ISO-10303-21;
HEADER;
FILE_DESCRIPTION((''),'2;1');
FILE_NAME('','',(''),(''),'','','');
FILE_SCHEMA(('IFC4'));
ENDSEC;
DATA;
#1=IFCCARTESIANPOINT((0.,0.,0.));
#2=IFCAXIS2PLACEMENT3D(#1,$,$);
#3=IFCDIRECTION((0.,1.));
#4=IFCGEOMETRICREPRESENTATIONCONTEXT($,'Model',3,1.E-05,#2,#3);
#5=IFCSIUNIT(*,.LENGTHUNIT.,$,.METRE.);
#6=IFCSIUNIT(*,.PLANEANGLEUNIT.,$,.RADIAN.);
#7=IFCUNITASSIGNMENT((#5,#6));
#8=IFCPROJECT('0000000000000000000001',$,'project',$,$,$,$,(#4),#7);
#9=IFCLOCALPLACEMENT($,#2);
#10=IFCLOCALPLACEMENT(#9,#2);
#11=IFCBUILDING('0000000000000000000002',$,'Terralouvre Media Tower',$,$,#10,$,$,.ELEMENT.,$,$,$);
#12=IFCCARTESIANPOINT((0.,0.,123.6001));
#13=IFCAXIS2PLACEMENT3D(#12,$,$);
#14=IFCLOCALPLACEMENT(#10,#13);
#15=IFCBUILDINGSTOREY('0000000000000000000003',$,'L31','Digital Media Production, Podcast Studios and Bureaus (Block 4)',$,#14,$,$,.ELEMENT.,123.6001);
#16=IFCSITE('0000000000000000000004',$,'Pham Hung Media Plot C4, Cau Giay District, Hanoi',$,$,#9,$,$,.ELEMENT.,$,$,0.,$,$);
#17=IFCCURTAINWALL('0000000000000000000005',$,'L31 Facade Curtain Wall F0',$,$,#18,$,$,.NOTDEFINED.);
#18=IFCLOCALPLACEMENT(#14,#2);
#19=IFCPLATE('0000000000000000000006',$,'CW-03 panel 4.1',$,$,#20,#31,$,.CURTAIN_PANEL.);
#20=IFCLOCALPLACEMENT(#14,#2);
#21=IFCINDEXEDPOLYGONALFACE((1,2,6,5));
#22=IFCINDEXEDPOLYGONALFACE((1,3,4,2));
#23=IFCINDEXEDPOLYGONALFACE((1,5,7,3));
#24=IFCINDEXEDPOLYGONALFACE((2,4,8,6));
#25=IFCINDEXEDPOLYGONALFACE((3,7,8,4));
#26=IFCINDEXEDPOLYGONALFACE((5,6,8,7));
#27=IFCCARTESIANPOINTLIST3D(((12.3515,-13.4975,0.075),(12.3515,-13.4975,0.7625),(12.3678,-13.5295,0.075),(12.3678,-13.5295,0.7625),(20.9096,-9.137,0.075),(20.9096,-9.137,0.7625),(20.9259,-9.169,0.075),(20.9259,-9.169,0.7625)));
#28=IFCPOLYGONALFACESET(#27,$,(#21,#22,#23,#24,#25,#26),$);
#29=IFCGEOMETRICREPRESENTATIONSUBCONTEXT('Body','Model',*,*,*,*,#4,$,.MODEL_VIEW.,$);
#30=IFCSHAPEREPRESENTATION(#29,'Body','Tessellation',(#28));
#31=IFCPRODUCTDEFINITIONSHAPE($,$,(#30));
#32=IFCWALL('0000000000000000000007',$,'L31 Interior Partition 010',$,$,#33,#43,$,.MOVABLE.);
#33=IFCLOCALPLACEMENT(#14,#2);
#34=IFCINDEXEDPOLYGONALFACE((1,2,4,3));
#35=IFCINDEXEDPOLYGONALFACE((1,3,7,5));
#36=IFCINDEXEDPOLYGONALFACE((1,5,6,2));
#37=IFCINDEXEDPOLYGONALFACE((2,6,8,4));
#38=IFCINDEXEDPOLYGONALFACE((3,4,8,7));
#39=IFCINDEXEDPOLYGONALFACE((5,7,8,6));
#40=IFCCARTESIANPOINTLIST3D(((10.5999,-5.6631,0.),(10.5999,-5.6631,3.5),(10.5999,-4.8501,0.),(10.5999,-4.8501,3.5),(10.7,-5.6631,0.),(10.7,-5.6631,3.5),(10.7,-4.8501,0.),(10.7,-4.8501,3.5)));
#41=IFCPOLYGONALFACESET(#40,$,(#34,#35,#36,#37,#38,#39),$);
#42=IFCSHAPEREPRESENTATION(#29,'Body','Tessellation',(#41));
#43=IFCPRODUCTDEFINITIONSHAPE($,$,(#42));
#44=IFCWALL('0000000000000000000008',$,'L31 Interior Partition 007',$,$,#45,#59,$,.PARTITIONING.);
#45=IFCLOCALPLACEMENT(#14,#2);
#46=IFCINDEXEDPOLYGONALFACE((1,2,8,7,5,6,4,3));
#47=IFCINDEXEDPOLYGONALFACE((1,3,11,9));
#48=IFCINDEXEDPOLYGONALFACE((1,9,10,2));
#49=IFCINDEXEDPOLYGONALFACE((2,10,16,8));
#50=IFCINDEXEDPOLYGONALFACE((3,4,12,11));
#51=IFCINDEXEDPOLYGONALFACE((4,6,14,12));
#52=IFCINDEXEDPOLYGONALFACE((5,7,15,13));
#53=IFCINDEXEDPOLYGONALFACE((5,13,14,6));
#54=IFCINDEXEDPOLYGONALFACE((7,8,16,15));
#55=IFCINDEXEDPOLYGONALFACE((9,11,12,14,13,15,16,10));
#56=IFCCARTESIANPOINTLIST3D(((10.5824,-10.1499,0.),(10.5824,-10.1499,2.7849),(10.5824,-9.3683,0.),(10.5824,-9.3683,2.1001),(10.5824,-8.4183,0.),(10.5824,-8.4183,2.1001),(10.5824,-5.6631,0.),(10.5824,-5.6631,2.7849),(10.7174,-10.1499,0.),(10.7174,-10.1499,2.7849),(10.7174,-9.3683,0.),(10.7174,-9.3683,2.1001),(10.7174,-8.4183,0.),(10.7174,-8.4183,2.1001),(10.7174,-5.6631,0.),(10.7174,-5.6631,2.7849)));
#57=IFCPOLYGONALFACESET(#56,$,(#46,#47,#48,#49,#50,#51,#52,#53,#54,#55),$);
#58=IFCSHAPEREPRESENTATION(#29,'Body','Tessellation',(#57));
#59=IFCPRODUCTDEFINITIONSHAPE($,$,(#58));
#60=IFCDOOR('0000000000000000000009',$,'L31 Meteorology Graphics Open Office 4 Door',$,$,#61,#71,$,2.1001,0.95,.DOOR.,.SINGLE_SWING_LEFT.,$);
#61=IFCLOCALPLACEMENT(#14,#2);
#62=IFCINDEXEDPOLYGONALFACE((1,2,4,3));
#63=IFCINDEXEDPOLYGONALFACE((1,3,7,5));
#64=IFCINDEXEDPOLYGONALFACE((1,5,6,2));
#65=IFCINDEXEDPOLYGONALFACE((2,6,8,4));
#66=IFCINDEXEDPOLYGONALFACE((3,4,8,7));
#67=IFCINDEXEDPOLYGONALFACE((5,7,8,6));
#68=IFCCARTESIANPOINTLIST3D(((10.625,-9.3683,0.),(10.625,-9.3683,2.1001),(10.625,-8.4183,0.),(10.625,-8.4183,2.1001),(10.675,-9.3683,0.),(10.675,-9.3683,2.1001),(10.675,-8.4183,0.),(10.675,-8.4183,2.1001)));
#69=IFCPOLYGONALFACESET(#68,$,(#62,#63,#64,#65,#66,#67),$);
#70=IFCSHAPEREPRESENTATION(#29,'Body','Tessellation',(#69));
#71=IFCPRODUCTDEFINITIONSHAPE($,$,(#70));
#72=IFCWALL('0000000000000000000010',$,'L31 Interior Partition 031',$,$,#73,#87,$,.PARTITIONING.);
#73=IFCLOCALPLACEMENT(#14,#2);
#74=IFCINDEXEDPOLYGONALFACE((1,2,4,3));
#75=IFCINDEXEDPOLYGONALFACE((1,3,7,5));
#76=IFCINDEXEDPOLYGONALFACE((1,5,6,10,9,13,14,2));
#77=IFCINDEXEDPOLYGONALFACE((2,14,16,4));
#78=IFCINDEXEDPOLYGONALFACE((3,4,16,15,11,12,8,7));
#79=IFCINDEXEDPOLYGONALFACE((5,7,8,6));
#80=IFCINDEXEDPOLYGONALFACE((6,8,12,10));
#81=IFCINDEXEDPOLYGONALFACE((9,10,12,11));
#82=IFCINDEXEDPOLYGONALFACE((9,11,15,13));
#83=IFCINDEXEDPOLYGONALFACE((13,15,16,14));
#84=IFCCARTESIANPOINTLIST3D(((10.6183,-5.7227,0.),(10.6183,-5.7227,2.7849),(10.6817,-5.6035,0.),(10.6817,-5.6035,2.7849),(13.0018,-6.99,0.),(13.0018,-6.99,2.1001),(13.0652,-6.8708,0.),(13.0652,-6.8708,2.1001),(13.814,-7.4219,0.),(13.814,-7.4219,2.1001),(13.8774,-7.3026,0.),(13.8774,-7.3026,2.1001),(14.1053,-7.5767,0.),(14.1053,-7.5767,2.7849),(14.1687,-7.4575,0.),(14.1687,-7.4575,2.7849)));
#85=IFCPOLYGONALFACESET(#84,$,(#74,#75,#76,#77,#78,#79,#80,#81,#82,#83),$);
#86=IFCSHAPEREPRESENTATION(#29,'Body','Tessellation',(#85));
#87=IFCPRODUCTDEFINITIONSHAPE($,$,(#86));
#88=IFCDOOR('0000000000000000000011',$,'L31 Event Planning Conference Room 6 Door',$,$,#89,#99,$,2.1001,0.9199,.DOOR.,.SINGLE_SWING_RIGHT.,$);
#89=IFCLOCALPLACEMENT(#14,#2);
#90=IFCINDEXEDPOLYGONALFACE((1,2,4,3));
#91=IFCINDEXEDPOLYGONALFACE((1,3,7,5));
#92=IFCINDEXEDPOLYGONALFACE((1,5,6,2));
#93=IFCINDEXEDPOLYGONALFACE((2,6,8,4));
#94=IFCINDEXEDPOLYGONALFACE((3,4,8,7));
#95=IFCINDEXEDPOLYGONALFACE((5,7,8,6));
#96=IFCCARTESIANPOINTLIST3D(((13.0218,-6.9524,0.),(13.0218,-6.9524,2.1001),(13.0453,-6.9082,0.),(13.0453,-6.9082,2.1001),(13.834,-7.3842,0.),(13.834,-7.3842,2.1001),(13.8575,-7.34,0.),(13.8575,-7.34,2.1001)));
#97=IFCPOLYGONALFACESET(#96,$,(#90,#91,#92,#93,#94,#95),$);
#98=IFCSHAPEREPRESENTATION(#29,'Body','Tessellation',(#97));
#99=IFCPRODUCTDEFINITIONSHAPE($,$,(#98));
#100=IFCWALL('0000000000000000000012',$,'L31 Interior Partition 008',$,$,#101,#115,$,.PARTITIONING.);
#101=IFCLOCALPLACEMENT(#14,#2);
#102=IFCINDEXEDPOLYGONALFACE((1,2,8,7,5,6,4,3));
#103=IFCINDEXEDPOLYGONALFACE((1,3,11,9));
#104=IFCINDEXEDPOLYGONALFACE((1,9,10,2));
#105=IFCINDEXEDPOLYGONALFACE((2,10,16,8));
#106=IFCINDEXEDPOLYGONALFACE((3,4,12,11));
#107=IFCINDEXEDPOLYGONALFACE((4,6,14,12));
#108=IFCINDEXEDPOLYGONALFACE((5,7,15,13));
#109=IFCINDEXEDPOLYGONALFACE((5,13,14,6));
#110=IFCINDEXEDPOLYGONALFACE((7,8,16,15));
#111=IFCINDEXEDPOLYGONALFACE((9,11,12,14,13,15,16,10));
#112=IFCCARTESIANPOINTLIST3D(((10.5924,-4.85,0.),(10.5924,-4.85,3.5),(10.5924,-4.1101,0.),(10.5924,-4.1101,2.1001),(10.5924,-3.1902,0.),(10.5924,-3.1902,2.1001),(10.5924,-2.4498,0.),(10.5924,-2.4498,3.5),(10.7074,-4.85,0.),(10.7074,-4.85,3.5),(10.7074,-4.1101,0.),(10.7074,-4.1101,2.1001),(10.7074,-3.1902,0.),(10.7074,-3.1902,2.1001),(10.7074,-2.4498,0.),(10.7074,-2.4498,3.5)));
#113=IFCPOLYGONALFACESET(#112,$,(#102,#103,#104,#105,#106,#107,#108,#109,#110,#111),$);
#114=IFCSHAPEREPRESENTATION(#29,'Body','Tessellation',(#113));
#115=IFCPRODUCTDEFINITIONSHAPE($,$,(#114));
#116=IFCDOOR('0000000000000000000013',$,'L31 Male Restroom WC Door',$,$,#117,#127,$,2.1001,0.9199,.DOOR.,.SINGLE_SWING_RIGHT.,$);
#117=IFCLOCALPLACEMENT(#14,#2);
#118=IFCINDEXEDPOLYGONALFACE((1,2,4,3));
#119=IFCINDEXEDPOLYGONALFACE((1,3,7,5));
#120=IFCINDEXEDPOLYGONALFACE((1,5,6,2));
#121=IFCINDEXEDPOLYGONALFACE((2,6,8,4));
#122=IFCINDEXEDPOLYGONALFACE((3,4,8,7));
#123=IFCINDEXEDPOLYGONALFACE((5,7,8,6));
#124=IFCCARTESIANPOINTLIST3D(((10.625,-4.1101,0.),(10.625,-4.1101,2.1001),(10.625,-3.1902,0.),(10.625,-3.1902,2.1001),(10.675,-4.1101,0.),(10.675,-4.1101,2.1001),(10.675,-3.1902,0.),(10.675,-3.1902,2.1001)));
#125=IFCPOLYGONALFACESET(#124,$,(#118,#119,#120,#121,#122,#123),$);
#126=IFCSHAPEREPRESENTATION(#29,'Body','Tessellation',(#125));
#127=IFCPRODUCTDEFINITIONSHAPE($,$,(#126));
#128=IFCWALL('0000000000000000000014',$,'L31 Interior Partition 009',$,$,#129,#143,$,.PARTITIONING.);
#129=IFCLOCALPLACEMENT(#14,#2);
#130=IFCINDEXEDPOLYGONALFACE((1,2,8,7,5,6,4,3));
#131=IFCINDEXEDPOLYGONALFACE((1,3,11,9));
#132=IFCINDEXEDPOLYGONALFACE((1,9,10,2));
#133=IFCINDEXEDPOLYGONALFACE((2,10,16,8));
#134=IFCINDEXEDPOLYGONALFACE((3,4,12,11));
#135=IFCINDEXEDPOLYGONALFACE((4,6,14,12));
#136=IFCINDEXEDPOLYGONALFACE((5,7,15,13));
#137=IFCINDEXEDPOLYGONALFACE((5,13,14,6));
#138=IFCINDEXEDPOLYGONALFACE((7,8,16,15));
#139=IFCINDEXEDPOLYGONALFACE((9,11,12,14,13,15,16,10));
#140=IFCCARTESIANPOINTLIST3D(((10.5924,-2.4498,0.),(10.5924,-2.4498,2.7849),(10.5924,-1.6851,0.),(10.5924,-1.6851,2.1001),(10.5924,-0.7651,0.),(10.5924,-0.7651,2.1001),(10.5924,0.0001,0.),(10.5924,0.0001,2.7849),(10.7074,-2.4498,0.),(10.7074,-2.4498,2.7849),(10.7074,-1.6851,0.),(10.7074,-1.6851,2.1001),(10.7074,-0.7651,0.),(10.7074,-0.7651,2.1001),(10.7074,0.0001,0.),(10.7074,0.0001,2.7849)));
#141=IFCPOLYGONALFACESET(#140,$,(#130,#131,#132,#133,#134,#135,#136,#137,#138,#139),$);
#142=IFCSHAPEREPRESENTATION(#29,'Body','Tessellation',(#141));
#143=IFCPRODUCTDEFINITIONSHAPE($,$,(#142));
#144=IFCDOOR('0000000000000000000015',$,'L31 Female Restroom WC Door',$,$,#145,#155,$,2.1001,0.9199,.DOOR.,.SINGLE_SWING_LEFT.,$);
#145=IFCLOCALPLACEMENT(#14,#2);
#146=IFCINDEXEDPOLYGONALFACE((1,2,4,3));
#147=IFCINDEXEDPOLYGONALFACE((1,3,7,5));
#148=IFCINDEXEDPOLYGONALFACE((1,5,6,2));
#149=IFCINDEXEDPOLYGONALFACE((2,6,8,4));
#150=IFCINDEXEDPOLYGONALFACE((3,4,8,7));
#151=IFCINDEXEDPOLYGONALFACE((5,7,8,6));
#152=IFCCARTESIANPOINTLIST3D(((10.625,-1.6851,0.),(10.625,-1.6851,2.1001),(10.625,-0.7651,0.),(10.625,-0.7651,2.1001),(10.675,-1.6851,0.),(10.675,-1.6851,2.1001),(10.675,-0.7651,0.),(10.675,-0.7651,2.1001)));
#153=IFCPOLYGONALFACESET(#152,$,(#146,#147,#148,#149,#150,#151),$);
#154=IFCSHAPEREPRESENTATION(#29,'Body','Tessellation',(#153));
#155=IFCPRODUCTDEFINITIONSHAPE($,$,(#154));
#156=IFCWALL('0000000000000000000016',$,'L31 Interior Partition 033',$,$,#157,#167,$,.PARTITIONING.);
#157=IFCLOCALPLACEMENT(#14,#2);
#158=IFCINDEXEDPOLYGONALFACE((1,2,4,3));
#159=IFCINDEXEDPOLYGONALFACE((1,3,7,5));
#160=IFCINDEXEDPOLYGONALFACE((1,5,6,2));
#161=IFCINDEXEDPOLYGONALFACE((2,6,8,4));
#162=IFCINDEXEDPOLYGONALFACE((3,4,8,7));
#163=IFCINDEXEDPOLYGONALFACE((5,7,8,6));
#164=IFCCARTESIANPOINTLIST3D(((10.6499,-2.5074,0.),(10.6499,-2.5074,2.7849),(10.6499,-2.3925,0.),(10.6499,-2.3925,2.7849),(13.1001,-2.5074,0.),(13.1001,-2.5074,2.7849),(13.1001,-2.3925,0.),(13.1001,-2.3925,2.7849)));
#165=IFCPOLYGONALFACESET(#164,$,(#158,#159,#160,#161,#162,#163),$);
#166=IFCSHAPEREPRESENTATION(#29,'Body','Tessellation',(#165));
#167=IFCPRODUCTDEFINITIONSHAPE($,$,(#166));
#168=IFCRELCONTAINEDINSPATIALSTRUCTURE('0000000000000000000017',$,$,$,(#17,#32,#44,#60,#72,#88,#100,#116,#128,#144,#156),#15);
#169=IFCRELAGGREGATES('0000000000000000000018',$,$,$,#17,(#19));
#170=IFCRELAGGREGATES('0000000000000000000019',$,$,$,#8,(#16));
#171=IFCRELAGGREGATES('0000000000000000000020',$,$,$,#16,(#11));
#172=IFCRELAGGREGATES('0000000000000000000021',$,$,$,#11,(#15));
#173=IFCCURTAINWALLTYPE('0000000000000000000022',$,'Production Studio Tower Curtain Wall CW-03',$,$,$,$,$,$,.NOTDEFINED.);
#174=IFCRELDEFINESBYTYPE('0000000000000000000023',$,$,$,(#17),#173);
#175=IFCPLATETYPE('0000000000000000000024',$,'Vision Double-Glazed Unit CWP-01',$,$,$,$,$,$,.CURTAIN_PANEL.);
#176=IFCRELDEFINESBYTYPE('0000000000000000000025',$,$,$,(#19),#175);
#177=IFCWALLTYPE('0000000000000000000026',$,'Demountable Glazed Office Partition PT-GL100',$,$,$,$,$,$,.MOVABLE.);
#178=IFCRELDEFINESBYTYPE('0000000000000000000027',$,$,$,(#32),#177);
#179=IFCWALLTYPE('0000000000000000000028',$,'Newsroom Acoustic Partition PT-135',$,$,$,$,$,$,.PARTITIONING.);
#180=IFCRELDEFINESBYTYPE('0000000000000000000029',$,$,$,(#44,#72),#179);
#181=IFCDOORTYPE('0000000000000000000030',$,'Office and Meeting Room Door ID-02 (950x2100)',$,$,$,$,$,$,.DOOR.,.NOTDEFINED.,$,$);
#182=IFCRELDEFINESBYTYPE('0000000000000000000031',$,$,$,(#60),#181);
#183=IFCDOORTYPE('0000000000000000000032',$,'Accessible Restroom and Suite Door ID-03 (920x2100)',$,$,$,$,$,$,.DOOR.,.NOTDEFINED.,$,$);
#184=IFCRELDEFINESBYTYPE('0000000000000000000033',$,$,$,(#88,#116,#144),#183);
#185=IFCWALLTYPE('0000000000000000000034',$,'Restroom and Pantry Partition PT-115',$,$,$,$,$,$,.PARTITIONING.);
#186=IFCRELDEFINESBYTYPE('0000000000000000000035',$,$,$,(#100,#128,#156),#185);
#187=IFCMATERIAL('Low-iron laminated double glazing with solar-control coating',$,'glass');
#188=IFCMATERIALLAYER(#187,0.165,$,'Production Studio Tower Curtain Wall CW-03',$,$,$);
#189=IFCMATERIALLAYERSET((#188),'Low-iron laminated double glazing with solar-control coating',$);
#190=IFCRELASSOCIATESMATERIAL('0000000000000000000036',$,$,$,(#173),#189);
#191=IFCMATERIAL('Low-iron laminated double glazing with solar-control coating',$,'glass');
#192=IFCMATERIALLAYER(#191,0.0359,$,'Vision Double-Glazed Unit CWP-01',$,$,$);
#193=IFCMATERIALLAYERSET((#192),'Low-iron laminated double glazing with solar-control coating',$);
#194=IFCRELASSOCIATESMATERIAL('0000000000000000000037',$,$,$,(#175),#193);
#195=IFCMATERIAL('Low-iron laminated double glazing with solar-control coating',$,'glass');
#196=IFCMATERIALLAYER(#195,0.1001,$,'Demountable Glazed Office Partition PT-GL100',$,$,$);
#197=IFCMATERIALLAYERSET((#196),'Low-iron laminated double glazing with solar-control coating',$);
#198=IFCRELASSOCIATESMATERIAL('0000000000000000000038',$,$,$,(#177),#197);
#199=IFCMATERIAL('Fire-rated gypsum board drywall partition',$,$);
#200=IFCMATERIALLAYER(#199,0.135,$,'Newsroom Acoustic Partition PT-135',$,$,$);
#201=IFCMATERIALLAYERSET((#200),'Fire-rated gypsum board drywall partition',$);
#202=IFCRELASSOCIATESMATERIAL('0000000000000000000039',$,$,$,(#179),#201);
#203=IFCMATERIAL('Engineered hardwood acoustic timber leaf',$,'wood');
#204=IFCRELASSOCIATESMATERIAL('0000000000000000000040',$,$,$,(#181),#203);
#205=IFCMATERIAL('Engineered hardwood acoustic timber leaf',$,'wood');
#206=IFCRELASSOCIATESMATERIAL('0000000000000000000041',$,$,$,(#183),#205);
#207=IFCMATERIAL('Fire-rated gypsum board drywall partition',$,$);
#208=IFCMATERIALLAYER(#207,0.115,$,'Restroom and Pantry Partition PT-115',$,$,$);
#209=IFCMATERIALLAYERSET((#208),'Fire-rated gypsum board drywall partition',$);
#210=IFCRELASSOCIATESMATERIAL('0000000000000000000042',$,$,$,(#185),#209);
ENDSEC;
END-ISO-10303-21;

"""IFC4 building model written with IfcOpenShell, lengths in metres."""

from ifc_helpers import new_model, si_unit, direction, frame, frame_2d, origin, origin_2d, place, context, subcontext, project, spatial, rectangle, extrude, material, layer, layer_set, type_object, element, fill, aggregate, save


model = new_model("IFC4")

# Units and contexts
model_context = context("Model", 3, precision=1e-05, world=origin(), true_north=direction((0.0, 1.0)))
body_context = subcontext(model_context, "Body", "Model", "MODEL_VIEW")
ifc_project = project(units=[si_unit("LENGTHUNIT", "METRE"), si_unit("PLANEANGLEUNIT", "RADIAN")], contexts=[model_context])

# Site, building, storey
site_placement = place(None, origin())
site = spatial("IfcSite", under=ifc_project, at=site_placement, Name="Pham Hung Media Plot C4, Cau Giay District, Hanoi", CompositionType="ELEMENT", RefElevation=0.0)
building_placement = place(site_placement, origin())
building = spatial("IfcBuilding", under=site, at=building_placement, Name="Terralouvre Media Tower", CompositionType="ELEMENT")
storey_placement = place(building_placement, frame((0.0, 0.0, 123.6001)))
storey = spatial("IfcBuildingStorey", under=building, at=storey_placement, Name="L31", Description="Digital Media Production, Podcast Studios and Bureaus (Block 4)", CompositionType="ELEMENT", Elevation=123.6001)

# Curtain wall
ifc_material_1 = material(Name="Low-iron laminated double glazing with solar-control coating", Category="glass")
ifc_layer_1 = layer(ifc_material_1, 0.165, Name="Production Studio Tower Curtain Wall CW-03")
ifc_layer_set_1 = layer_set([ifc_layer_1], Name="Low-iron laminated double glazing with solar-control coating")
curtain_wall_type = type_object("IfcCurtainWallType", Name="Production Studio Tower Curtain Wall CW-03", PredefinedType="NOTDEFINED", material=ifc_layer_set_1)
curtain_wall_placement = place(storey_placement, origin())
curtain_wall = element("IfcCurtainWall", 1, at=curtain_wall_placement, inside=storey, type_object=curtain_wall_type, Name="L31 Facade Curtain Wall F0", PredefinedType="NOTDEFINED")

# Plate
ifc_material_2 = material(Name="Low-iron laminated double glazing with solar-control coating", Category="glass")
ifc_layer_2 = layer(ifc_material_2, 0.0359, Name="Vision Double-Glazed Unit CWP-01")
ifc_layer_set_2 = layer_set([ifc_layer_2], Name="Low-iron laminated double glazing with solar-control coating")
plate_type = type_object("IfcPlateType", Name="Vision Double-Glazed Unit CWP-01", PredefinedType="CURTAIN_PANEL", material=ifc_layer_set_2)
plate_placement = place(storey_placement, frame((16.6387, -11.3333, 0.075), z_axis=(0.0, 0.0, 1.0), x_axis=(0.891007, 0.453991, 0.0)))
plate = element("IfcPlate", 2, at=plate_placement, type_object=plate_type, Name="CW-03 panel 4.1", PredefinedType="CURTAIN_PANEL", context=body_context, shape_type="SweptSolid", body=[
    extrude(rectangle(XDim=9.605, YDim=0.0359, at=origin_2d()), origin(), (0.0, 0.0, 1.0), 0.6875),
])
aggregate(curtain_wall, [plate])

# Wall
ifc_material_3 = material(Name="Low-iron laminated double glazing with solar-control coating", Category="glass")
ifc_layer_3 = layer(ifc_material_3, 0.1001, Name="Demountable Glazed Office Partition PT-GL100")
ifc_layer_set_3 = layer_set([ifc_layer_3], Name="Low-iron laminated double glazing with solar-control coating")
wall_type_1 = type_object("IfcWallType", Name="Demountable Glazed Office Partition PT-GL100", PredefinedType="MOVABLE", material=ifc_layer_set_3)
wall_1_placement = place(storey_placement, frame((10.6499, -5.6631, 0.0), z_axis=(0.0, 0.0, 1.0), x_axis=(0.0, 1.0, 0.0)))
element("IfcWall", 3, at=wall_1_placement, inside=storey, type_object=wall_type_1, Name="L31 Interior Partition 010", PredefinedType="MOVABLE", context=body_context, shape_type="SweptSolid", body=[
    extrude(rectangle(XDim=0.813, YDim=0.1001, at=frame_2d((0.4065, 0.0))), origin(), (0.0, 0.0, 1.0), 3.5),
])

# Walls, openings, doors
ifc_material_4 = material(Name="Fire-rated gypsum board drywall partition")
ifc_layer_4 = layer(ifc_material_4, 0.135, Name="Newsroom Acoustic Partition PT-135")
ifc_layer_set_4 = layer_set([ifc_layer_4], Name="Fire-rated gypsum board drywall partition")
wall_type_2 = type_object("IfcWallType", Name="Newsroom Acoustic Partition PT-135", PredefinedType="PARTITIONING", material=ifc_layer_set_4)
wall_2_placement = place(storey_placement, frame((10.6499, -10.1499, 0.0), z_axis=(0.0, 0.0, 1.0), x_axis=(0.0, 1.0, 0.0)))
wall_2 = element("IfcWall", 4, at=wall_2_placement, inside=storey, type_object=wall_type_2, Name="L31 Interior Partition 007", PredefinedType="PARTITIONING", context=body_context, shape_type="SweptSolid", body=[
    extrude(rectangle(XDim=4.4868, YDim=0.135, at=frame_2d((2.2434, 0.0))), origin(), (0.0, 0.0, 1.0), 2.7849),
])
opening_1_placement = place(wall_2_placement, frame((0.7815, 0.0, 0.0)))
opening_1 = element("IfcOpeningElement", 5, at=opening_1_placement, cuts=wall_2, PredefinedType="OPENING", context=body_context, shape_type="SweptSolid", body=[
    extrude(rectangle(XDim=0.95, YDim=2.1001, at=frame_2d((0.4751, 1.05))), frame((0.0, 0.0774, 0.0), z_axis=(0.0, -1.0, 0.0), x_axis=(1.0, 0.0, 0.0)), (0.0, 0.0, 1.0), 0.155),
])
ifc_material_5 = material(Name="Engineered hardwood acoustic timber leaf", Category="wood")
door_type_1 = type_object("IfcDoorType", Name="Office and Meeting Room Door ID-02 (950x2100)", OperationType="NOTDEFINED", PredefinedType="DOOR", material=ifc_material_5)
door_1_placement = place(opening_1_placement, origin())
door_1 = element("IfcDoor", 6, at=door_1_placement, inside=storey, type_object=door_type_1, Name="L31 Meteorology Graphics Open Office 4 Door", OperationType="SINGLE_SWING_LEFT", OverallHeight=2.1001, OverallWidth=0.95, PredefinedType="DOOR", context=body_context, shape_type="SweptSolid", body=[
    extrude(rectangle(XDim=0.95, YDim=2.1001, at=frame_2d((0.4751, 1.05))), frame((0.0, 0.0249, 0.0), z_axis=(0.0, -1.0, 0.0), x_axis=(1.0, 0.0, 0.0)), (0.0, 0.0, 1.0), 0.05),
])
fill(opening_1, door_1)
wall_3_placement = place(storey_placement, frame((14.137, -7.5171, 0.0), z_axis=(0.0, 0.0, 1.0), x_axis=(-0.882958, 0.469452, 0.0)))
wall_3 = element("IfcWall", 7, at=wall_3_placement, inside=storey, type_object=wall_type_2, Name="L31 Interior Partition 031", PredefinedType="PARTITIONING", context=body_context, shape_type="SweptSolid", body=[
    extrude(rectangle(XDim=3.9492, YDim=0.135, at=frame_2d((1.9746, 0.0))), origin(), (0.0, 0.0, 1.0), 2.7849),
])
opening_2_placement = place(wall_3_placement, frame((0.3298, 0.0, 0.0)))
opening_2 = element("IfcOpeningElement", 8, at=opening_2_placement, cuts=wall_3, PredefinedType="OPENING", context=body_context, shape_type="SweptSolid", body=[
    extrude(rectangle(XDim=0.9199, YDim=2.1001, at=frame_2d((0.46, 1.05))), frame((0.0, 0.0774, 0.0), z_axis=(0.0, -1.0, 0.0), x_axis=(1.0, 0.0, 0.0)), (0.0, 0.0, 1.0), 0.155),
])
ifc_material_6 = material(Name="Engineered hardwood acoustic timber leaf", Category="wood")
door_type_2 = type_object("IfcDoorType", Name="Accessible Restroom and Suite Door ID-03 (920x2100)", OperationType="NOTDEFINED", PredefinedType="DOOR", material=ifc_material_6)
door_2_placement = place(opening_2_placement, origin())
door_2 = element("IfcDoor", 9, at=door_2_placement, inside=storey, type_object=door_type_2, Name="L31 Event Planning Conference Room 6 Door", OperationType="SINGLE_SWING_RIGHT", OverallHeight=2.1001, OverallWidth=0.9199, PredefinedType="DOOR", context=body_context, shape_type="SweptSolid", body=[
    extrude(rectangle(XDim=0.9199, YDim=2.1001, at=frame_2d((0.46, 1.05))), frame((0.0, 0.0249, 0.0), z_axis=(0.0, -1.0, 0.0), x_axis=(1.0, 0.0, 0.0)), (0.0, 0.0, 1.0), 0.05),
])
fill(opening_2, door_2)
ifc_material_7 = material(Name="Fire-rated gypsum board drywall partition")
ifc_layer_5 = layer(ifc_material_7, 0.115, Name="Restroom and Pantry Partition PT-115")
ifc_layer_set_5 = layer_set([ifc_layer_5], Name="Fire-rated gypsum board drywall partition")
wall_type_3 = type_object("IfcWallType", Name="Restroom and Pantry Partition PT-115", PredefinedType="PARTITIONING", material=ifc_layer_set_5)
wall_4_placement = place(storey_placement, frame((10.6499, -4.8501, 0.0), z_axis=(0.0, 0.0, 1.0), x_axis=(0.0, 1.0, 0.0)))
wall_4 = element("IfcWall", 10, at=wall_4_placement, inside=storey, type_object=wall_type_3, Name="L31 Interior Partition 008", PredefinedType="PARTITIONING", context=body_context, shape_type="SweptSolid", body=[
    extrude(rectangle(XDim=2.4001, YDim=0.115, at=frame_2d((1.2002, 0.0))), origin(), (0.0, 0.0, 1.0), 3.5),
])
opening_3_placement = place(wall_4_placement, frame((0.74, 0.0, 0.0)))
opening_3 = element("IfcOpeningElement", 11, at=opening_3_placement, cuts=wall_4, PredefinedType="OPENING", context=body_context, shape_type="SweptSolid", body=[
    extrude(rectangle(XDim=0.9199, YDim=2.1001, at=frame_2d((0.46, 1.05))), frame((0.0, 0.0674, 0.0), z_axis=(0.0, -1.0, 0.0), x_axis=(1.0, 0.0, 0.0)), (0.0, 0.0, 1.0), 0.135),
])
door_3_placement = place(opening_3_placement, origin())
door_3 = element("IfcDoor", 12, at=door_3_placement, inside=storey, type_object=door_type_2, Name="L31 Male Restroom WC Door", OperationType="SINGLE_SWING_RIGHT", OverallHeight=2.1001, OverallWidth=0.9199, PredefinedType="DOOR", context=body_context, shape_type="SweptSolid", body=[
    extrude(rectangle(XDim=0.9199, YDim=2.1001, at=frame_2d((0.46, 1.05))), frame((0.0, 0.0249, 0.0), z_axis=(0.0, -1.0, 0.0), x_axis=(1.0, 0.0, 0.0)), (0.0, 0.0, 1.0), 0.05),
])
fill(opening_3, door_3)
wall_5_placement = place(storey_placement, frame((10.6499, -2.45, 0.0), z_axis=(0.0, 0.0, 1.0), x_axis=(0.0, 1.0, 0.0)))
wall_5 = element("IfcWall", 13, at=wall_5_placement, inside=storey, type_object=wall_type_3, Name="L31 Interior Partition 009", PredefinedType="PARTITIONING", context=body_context, shape_type="SweptSolid", body=[
    extrude(rectangle(XDim=2.45, YDim=0.115, at=frame_2d((1.2251, 0.0))), origin(), (0.0, 0.0, 1.0), 2.7849),
])
opening_4_placement = place(wall_5_placement, frame((0.7649, 0.0, 0.0)))
opening_4 = element("IfcOpeningElement", 14, at=opening_4_placement, cuts=wall_5, PredefinedType="OPENING", context=body_context, shape_type="SweptSolid", body=[
    extrude(rectangle(XDim=0.9199, YDim=2.1001, at=frame_2d((0.46, 1.05))), frame((0.0, 0.0674, 0.0), z_axis=(0.0, -1.0, 0.0), x_axis=(1.0, 0.0, 0.0)), (0.0, 0.0, 1.0), 0.135),
])
door_4_placement = place(opening_4_placement, origin())
door_4 = element("IfcDoor", 15, at=door_4_placement, inside=storey, type_object=door_type_2, Name="L31 Female Restroom WC Door", OperationType="SINGLE_SWING_LEFT", OverallHeight=2.1001, OverallWidth=0.9199, PredefinedType="DOOR", context=body_context, shape_type="SweptSolid", body=[
    extrude(rectangle(XDim=0.9199, YDim=2.1001, at=frame_2d((0.46, 1.05))), frame((0.0, 0.0249, 0.0), z_axis=(0.0, -1.0, 0.0), x_axis=(1.0, 0.0, 0.0)), (0.0, 0.0, 1.0), 0.05),
])
fill(opening_4, door_4)

# Wall
for number, where, z_axis, x_axis, name in (
    (16, (13.1001, -2.45, 0.0), (0.0, 0.0, 1.0), (-1.0, 0.0, 0.0), "L31 Interior Partition 033"),
):
    element("IfcWall", number, at=place(storey_placement, frame(where, z_axis=z_axis, x_axis=x_axis)), inside=storey, type_object=wall_type_3, Name=name, PredefinedType="PARTITIONING", context=body_context, shape_type="SweptSolid", body=[
        extrude(rectangle(XDim=2.4502, YDim=0.115, at=frame_2d((1.2251, 0.0))), origin(), (0.0, 0.0, 1.0), 2.7849),
    ])

save(model, "model.ifc")
